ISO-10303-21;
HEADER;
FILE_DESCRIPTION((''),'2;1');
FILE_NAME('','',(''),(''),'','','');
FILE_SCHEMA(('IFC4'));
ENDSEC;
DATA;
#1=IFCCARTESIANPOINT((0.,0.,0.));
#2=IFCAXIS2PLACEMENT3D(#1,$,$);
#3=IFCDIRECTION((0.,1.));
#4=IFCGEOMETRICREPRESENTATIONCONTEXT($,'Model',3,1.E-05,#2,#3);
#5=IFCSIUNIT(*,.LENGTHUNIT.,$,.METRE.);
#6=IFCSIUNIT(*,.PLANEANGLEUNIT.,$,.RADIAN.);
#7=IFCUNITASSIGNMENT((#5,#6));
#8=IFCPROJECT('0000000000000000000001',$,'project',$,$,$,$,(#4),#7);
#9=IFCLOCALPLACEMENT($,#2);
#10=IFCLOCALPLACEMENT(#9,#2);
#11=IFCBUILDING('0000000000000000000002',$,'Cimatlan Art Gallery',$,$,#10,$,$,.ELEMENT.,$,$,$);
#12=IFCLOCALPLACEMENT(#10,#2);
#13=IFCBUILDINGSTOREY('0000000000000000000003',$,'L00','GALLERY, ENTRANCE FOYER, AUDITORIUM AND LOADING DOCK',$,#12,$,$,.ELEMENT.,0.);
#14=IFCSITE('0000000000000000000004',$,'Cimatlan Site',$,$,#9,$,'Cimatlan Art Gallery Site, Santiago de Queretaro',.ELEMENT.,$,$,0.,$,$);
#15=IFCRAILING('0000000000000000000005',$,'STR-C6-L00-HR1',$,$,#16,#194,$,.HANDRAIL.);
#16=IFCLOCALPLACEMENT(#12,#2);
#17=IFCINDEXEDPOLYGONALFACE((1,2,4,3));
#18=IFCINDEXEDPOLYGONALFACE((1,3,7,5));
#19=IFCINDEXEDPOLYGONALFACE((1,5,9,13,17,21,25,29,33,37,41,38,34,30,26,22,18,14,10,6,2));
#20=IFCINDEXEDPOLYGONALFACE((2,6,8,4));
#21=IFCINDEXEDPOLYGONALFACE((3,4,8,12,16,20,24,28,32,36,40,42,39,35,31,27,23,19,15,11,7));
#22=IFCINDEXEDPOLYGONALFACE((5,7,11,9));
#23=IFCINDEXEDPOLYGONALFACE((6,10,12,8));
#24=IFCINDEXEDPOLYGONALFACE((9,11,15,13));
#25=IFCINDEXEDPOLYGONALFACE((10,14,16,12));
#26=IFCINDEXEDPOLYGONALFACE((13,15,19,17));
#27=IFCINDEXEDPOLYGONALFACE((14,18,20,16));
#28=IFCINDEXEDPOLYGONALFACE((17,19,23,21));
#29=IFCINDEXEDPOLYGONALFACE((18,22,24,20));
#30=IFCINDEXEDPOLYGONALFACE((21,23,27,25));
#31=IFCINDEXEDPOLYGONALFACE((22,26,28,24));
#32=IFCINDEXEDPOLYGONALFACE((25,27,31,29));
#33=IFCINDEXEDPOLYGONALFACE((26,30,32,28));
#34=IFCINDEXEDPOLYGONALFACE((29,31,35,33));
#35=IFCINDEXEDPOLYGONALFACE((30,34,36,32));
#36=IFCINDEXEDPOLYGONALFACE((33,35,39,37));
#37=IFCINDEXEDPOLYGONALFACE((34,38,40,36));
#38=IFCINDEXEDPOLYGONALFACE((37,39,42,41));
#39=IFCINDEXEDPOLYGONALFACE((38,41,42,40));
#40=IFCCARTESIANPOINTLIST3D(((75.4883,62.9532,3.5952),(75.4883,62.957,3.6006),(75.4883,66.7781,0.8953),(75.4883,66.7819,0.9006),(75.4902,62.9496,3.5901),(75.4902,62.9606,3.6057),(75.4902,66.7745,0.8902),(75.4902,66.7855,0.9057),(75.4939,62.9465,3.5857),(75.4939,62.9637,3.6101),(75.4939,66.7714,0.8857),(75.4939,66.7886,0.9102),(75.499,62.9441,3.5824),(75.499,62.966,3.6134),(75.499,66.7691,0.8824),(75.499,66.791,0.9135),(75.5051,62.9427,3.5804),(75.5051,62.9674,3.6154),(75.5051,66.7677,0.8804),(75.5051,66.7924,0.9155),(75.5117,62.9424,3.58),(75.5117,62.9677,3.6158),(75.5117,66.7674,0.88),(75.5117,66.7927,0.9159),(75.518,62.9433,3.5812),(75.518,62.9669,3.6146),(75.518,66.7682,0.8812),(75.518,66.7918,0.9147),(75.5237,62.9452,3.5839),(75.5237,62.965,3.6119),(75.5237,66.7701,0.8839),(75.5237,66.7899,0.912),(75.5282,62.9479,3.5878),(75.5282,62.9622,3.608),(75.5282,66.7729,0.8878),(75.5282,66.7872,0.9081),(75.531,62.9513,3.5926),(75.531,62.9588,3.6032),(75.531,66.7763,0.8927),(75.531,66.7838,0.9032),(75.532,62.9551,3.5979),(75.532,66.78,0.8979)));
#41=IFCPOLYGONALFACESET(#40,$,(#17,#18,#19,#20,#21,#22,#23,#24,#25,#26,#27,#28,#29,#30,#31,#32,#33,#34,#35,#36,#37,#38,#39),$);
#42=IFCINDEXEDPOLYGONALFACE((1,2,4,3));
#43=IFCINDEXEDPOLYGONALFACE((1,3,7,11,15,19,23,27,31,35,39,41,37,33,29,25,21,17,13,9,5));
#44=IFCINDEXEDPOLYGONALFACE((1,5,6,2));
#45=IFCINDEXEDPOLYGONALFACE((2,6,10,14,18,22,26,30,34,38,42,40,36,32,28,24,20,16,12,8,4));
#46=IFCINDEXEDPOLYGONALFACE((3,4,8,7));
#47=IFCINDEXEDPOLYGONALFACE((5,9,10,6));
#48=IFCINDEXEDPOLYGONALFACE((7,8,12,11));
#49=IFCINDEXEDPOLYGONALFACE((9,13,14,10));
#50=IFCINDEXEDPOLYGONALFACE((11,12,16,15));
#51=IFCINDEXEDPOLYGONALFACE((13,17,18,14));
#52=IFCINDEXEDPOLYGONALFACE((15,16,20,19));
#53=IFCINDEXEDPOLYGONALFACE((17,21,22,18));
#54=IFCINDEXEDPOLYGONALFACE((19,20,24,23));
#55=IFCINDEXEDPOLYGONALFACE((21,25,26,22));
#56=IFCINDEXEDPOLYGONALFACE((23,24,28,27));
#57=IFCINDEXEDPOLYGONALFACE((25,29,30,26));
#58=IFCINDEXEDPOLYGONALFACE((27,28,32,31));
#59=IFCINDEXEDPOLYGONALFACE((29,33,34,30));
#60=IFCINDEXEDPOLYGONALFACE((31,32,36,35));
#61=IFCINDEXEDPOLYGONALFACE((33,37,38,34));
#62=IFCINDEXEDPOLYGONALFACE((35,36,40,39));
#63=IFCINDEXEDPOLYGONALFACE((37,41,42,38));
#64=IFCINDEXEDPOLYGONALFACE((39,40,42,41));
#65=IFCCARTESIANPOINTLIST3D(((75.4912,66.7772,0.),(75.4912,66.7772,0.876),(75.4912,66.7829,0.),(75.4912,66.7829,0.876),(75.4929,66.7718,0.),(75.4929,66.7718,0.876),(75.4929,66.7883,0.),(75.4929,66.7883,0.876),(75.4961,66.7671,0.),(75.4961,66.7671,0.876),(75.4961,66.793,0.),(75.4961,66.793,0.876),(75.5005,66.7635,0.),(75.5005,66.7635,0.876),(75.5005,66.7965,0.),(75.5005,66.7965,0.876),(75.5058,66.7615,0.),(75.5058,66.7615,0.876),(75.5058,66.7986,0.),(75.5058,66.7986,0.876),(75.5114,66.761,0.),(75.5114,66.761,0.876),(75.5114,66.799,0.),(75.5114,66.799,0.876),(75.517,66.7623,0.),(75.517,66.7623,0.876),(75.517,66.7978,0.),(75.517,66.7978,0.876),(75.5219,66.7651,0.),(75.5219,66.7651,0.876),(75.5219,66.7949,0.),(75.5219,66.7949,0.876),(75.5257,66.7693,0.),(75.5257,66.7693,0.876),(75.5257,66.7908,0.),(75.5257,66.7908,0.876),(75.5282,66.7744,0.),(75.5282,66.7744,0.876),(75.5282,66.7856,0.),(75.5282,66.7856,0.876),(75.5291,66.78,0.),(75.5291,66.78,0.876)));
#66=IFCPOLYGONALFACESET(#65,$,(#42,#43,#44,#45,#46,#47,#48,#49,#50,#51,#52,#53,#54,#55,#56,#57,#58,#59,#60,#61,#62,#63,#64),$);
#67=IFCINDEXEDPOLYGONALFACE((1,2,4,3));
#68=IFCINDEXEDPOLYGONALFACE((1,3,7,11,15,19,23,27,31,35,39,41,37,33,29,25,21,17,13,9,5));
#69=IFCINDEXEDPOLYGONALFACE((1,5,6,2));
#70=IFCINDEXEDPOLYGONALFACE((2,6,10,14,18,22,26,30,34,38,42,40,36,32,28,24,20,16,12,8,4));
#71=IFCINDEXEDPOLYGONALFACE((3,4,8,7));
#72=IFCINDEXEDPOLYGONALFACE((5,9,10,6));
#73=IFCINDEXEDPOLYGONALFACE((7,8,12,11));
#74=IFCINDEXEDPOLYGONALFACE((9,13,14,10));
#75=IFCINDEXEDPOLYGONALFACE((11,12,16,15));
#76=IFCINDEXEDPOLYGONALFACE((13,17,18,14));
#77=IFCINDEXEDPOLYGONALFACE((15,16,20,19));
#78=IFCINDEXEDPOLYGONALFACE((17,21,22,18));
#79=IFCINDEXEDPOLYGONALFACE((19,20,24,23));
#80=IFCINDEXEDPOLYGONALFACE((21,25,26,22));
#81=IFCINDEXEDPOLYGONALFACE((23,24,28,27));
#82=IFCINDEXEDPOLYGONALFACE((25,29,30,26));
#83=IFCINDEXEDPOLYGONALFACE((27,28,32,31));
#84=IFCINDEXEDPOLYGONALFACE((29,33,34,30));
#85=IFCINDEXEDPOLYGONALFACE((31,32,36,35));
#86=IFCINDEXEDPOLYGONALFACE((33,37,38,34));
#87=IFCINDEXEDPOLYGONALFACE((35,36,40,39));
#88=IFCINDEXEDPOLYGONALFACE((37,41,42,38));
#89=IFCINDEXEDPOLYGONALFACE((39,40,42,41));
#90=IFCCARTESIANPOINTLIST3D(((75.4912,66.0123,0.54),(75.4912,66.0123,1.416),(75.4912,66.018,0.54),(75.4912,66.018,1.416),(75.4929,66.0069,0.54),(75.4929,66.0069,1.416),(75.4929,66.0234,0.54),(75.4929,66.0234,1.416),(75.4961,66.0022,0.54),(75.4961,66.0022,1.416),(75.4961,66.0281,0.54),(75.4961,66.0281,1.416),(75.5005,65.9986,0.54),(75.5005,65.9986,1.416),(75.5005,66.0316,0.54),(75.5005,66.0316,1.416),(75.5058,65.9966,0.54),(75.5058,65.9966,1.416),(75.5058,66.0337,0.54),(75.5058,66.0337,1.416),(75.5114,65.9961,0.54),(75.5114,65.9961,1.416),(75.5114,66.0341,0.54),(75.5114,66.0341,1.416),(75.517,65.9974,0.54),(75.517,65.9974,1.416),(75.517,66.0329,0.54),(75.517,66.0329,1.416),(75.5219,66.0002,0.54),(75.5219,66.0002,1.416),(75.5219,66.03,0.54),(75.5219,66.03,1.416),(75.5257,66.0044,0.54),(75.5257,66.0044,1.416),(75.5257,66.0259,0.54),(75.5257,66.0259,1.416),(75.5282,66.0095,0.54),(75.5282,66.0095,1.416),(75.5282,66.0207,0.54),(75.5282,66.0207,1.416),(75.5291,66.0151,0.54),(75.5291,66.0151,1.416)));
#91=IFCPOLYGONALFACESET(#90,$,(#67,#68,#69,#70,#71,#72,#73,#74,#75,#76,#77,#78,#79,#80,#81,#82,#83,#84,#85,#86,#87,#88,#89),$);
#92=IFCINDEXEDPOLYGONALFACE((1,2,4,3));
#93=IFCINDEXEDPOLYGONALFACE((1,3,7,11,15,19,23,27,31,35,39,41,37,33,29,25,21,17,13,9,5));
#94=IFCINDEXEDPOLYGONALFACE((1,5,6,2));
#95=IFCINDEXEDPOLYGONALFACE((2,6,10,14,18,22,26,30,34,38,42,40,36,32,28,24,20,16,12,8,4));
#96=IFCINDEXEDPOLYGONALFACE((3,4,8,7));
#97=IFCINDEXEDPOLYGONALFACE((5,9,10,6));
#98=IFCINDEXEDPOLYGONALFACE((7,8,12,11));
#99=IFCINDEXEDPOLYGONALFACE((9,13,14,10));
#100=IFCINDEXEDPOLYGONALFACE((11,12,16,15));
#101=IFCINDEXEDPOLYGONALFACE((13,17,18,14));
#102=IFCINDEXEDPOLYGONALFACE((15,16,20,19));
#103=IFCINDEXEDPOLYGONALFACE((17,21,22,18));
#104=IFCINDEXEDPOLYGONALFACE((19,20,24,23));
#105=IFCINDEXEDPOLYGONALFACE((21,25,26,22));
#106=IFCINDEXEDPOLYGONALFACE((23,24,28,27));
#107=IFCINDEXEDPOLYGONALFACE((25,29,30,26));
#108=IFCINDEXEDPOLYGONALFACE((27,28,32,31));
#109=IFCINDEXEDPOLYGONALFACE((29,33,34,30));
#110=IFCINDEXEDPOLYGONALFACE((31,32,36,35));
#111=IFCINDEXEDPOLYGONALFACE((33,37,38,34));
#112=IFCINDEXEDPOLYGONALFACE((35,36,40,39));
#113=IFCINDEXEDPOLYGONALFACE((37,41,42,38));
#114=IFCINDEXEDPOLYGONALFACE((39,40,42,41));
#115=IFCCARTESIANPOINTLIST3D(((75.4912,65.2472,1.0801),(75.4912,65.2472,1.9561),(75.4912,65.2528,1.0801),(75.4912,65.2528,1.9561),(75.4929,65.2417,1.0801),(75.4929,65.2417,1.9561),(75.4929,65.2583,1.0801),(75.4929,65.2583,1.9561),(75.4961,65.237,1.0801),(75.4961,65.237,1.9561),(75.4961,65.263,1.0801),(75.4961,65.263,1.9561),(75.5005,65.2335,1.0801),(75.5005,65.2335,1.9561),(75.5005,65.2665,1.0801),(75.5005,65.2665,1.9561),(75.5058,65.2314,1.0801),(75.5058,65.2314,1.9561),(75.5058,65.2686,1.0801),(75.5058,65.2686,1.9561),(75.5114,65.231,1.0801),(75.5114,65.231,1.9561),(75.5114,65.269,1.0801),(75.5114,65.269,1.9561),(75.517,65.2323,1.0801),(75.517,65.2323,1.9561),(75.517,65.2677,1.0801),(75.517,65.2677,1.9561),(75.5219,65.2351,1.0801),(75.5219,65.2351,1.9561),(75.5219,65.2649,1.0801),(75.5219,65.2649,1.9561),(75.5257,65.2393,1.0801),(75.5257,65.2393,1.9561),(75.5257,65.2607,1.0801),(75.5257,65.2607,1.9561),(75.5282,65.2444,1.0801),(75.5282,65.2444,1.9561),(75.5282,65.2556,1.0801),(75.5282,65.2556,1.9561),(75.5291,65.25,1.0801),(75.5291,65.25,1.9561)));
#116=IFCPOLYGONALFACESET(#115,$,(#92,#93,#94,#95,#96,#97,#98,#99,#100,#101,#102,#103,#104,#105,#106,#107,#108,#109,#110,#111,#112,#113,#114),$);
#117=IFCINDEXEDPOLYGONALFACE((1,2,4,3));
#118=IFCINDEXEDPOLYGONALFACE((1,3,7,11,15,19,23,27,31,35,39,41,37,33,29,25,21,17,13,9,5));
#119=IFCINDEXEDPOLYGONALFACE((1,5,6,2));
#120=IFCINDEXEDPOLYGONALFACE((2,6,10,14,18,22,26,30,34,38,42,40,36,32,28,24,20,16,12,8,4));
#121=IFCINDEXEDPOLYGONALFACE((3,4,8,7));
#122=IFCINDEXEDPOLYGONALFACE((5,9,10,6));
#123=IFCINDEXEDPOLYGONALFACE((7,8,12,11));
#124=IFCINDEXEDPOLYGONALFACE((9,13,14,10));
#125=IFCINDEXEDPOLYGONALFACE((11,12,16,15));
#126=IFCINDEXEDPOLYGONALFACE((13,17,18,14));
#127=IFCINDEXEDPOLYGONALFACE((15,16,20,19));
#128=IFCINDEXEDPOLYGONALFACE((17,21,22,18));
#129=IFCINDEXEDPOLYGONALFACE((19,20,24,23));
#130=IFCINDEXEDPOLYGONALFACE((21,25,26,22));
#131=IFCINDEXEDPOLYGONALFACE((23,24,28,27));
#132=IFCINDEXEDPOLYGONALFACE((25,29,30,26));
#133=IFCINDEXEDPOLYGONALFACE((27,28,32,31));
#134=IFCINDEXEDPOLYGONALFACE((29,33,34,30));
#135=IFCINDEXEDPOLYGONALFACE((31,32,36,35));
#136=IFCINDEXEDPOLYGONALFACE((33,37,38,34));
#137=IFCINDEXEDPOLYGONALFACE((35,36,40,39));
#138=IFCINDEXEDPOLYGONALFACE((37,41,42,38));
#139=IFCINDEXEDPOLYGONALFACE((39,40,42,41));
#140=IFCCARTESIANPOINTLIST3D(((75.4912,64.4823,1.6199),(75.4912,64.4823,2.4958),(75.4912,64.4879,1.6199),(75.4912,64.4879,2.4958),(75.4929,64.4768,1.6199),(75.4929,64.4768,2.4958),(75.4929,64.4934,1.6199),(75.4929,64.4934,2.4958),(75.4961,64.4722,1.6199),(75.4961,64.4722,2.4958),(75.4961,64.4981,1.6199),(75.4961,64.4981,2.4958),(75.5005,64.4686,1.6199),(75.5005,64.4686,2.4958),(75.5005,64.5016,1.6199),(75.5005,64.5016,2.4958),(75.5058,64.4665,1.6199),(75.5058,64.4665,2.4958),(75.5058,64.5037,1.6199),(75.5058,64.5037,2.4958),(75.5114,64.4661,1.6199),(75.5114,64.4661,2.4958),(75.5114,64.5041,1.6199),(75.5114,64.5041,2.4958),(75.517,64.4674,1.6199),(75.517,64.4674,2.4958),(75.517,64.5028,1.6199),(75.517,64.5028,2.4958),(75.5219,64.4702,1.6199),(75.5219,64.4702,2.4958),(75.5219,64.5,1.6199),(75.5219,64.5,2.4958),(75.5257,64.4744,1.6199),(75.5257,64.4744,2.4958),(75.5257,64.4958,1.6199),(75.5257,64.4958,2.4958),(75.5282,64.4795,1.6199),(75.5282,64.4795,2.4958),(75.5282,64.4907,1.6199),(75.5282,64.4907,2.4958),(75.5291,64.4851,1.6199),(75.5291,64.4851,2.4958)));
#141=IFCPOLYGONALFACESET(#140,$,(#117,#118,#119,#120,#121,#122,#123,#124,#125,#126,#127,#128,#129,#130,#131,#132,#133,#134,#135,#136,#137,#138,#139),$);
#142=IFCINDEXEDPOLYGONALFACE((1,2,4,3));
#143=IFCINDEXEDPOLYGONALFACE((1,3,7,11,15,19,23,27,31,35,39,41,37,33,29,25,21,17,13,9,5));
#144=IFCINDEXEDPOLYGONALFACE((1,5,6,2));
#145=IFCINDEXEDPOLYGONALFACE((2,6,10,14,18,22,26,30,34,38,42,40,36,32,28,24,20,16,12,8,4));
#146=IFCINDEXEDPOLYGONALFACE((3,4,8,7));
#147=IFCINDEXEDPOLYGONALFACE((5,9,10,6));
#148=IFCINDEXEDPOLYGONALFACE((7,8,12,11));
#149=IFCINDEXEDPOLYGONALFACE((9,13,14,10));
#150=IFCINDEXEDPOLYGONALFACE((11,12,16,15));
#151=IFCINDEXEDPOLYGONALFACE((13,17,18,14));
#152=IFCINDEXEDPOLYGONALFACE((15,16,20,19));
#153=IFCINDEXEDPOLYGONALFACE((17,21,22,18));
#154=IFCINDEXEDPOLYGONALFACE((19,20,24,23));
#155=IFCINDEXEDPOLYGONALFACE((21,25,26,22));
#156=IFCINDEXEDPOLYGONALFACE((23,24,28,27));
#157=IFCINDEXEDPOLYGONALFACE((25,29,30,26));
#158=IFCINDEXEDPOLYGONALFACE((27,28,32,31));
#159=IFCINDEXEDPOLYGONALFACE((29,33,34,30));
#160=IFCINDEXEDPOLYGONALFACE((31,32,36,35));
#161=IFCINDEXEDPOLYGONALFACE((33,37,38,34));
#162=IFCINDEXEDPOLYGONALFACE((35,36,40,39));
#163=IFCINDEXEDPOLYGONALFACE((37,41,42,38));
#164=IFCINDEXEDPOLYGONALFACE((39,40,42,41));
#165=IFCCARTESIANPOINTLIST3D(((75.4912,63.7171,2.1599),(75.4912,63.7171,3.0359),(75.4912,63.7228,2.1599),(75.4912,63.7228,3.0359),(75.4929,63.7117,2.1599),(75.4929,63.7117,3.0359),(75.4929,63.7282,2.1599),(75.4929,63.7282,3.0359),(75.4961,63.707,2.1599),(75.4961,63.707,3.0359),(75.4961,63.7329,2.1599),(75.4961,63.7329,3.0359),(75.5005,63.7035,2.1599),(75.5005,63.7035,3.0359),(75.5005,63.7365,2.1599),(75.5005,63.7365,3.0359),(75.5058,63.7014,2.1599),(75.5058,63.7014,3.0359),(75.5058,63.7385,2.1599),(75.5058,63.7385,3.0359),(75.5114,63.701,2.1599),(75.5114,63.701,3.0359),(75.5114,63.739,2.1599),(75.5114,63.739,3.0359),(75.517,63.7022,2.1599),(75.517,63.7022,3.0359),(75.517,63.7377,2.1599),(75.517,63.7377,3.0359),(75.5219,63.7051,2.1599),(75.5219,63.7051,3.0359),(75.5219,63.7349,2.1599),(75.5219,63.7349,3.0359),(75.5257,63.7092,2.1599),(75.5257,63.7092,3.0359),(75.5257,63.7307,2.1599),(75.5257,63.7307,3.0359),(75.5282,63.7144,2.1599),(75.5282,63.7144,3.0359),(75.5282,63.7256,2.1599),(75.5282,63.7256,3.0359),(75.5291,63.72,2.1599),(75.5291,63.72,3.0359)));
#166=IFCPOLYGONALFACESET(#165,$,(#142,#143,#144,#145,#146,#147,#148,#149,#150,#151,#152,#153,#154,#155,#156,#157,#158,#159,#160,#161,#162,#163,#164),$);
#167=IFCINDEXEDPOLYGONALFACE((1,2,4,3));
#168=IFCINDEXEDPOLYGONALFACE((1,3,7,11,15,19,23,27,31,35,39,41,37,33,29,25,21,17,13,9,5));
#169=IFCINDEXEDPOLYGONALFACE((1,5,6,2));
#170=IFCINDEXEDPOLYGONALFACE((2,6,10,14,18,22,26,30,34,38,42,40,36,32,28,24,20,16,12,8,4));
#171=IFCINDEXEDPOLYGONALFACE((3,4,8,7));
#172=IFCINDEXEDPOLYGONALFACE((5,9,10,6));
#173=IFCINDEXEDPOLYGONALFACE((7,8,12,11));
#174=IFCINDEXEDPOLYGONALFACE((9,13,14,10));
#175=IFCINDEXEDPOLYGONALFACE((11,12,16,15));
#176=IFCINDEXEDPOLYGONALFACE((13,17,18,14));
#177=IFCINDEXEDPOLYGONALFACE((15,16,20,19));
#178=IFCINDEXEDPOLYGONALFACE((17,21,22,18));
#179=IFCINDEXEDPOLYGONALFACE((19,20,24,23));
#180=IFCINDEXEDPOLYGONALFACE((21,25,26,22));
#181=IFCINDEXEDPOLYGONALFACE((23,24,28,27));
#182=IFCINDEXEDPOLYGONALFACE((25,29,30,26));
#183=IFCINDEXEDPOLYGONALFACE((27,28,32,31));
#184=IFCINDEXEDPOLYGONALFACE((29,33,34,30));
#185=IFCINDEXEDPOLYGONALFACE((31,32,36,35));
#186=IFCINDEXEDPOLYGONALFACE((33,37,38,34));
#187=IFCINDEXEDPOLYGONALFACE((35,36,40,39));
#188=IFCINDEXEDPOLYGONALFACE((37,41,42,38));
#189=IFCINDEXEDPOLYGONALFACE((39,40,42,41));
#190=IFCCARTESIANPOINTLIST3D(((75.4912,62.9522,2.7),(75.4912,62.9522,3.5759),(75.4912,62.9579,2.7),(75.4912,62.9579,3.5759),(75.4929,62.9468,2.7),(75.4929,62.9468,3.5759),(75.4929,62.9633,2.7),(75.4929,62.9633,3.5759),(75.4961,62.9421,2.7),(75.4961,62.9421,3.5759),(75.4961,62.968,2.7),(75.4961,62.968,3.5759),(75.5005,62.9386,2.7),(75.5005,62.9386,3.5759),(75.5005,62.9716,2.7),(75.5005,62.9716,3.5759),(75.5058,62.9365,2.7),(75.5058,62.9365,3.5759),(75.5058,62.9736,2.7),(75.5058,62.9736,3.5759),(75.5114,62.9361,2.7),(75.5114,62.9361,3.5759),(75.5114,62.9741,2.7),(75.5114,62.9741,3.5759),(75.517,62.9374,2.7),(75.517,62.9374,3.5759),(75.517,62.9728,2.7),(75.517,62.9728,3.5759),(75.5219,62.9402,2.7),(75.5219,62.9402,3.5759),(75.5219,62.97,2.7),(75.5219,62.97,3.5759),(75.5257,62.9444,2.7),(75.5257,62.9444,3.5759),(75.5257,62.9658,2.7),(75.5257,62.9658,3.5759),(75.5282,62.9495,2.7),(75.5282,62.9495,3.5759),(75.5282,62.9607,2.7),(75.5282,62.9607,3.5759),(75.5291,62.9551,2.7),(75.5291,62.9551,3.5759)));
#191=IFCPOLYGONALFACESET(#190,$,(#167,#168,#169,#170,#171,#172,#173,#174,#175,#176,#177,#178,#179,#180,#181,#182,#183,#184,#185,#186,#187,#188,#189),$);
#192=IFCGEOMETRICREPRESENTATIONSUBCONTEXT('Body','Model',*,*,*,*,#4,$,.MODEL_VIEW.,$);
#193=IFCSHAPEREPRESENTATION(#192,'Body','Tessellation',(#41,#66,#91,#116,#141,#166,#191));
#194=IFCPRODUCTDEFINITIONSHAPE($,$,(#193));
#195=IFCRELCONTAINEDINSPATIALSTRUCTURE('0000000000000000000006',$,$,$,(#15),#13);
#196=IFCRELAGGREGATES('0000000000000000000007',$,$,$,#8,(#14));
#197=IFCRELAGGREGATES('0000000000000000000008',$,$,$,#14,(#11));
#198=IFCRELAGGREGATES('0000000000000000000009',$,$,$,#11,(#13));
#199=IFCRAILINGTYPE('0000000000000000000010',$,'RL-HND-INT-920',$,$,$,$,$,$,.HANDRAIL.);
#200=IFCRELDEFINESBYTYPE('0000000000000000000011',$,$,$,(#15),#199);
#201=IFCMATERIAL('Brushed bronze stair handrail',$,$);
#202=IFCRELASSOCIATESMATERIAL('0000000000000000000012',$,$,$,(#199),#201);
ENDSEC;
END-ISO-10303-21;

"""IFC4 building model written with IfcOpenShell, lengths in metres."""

from ifc_helpers import new_model, si_unit, direction, frame, origin, origin_2d, place, context, subcontext, project, spatial, circle, extrude, material, type_object, element, save


model = new_model("IFC4")

# Units and contexts
model_context = context("Model", 3, precision=1e-05, world=origin(), true_north=direction((0.0, 1.0)))
body_context = subcontext(model_context, "Body", "Model", "MODEL_VIEW")
ifc_project = project(units=[si_unit("LENGTHUNIT", "METRE"), si_unit("PLANEANGLEUNIT", "RADIAN")], contexts=[model_context])

# Site, building, storey
site_placement = place(None, origin())
site = spatial("IfcSite", under=ifc_project, at=site_placement, Name="Cimatlan Site", LongName="Cimatlan Art Gallery Site, Santiago de Queretaro", CompositionType="ELEMENT", RefElevation=0.0)
building_placement = place(site_placement, origin())
building = spatial("IfcBuilding", under=site, at=building_placement, Name="Cimatlan Art Gallery", CompositionType="ELEMENT")
storey_placement = place(building_placement, origin())
storey = spatial("IfcBuildingStorey", under=building, at=storey_placement, Name="L00", Description="GALLERY, ENTRANCE FOYER, AUDITORIUM AND LOADING DOCK", CompositionType="ELEMENT", Elevation=0.0)

# Railing
ifc_material_1 = material(Name="Brushed bronze stair handrail")
railing_type_1 = type_object("IfcRailingType", Name="RL-HND-INT-920", PredefinedType="HANDRAIL", material=ifc_material_1)
railing_1_placement = place(storey_placement, frame((75.51, 66.78, 0.0)))
element("IfcRailing", 1, at=railing_1_placement, inside=storey, type_object=railing_type_1, Name="STR-C6-L00-HR1", PredefinedType="HANDRAIL", context=body_context, shape_type="SweptSolid", body=[
    extrude(circle(Radius=0.022, at=origin_2d()), frame((0.0, 0.0, 0.8979), z_axis=(0.0, -0.816969, 0.576681), x_axis=(1.0, 0.0, 0.0)), (0.0, 0.0, 1.0), 4.6819),
    extrude(circle(Radius=0.019, at=origin_2d()), origin(), (0.0, 0.0, 1.0), 0.876),
    extrude(circle(Radius=0.019, at=origin_2d()), frame((0.0, -0.7649, 0.54)), (0.0, 0.0, 1.0), 0.876),
    extrude(circle(Radius=0.019, at=origin_2d()), frame((0.0, -1.53, 1.0801)), (0.0, 0.0, 1.0), 0.876),
    extrude(circle(Radius=0.019, at=origin_2d()), frame((0.0, -2.2949, 1.6199)), (0.0, 0.0, 1.0), 0.876),
    extrude(circle(Radius=0.019, at=origin_2d()), frame((0.0, -3.0601, 2.1599)), (0.0, 0.0, 1.0), 0.876),
    extrude(circle(Radius=0.019, at=origin_2d()), frame((0.0, -3.825, 2.7)), (0.0, 0.0, 1.0), 0.876),
])

save(model, "model.ifc")
